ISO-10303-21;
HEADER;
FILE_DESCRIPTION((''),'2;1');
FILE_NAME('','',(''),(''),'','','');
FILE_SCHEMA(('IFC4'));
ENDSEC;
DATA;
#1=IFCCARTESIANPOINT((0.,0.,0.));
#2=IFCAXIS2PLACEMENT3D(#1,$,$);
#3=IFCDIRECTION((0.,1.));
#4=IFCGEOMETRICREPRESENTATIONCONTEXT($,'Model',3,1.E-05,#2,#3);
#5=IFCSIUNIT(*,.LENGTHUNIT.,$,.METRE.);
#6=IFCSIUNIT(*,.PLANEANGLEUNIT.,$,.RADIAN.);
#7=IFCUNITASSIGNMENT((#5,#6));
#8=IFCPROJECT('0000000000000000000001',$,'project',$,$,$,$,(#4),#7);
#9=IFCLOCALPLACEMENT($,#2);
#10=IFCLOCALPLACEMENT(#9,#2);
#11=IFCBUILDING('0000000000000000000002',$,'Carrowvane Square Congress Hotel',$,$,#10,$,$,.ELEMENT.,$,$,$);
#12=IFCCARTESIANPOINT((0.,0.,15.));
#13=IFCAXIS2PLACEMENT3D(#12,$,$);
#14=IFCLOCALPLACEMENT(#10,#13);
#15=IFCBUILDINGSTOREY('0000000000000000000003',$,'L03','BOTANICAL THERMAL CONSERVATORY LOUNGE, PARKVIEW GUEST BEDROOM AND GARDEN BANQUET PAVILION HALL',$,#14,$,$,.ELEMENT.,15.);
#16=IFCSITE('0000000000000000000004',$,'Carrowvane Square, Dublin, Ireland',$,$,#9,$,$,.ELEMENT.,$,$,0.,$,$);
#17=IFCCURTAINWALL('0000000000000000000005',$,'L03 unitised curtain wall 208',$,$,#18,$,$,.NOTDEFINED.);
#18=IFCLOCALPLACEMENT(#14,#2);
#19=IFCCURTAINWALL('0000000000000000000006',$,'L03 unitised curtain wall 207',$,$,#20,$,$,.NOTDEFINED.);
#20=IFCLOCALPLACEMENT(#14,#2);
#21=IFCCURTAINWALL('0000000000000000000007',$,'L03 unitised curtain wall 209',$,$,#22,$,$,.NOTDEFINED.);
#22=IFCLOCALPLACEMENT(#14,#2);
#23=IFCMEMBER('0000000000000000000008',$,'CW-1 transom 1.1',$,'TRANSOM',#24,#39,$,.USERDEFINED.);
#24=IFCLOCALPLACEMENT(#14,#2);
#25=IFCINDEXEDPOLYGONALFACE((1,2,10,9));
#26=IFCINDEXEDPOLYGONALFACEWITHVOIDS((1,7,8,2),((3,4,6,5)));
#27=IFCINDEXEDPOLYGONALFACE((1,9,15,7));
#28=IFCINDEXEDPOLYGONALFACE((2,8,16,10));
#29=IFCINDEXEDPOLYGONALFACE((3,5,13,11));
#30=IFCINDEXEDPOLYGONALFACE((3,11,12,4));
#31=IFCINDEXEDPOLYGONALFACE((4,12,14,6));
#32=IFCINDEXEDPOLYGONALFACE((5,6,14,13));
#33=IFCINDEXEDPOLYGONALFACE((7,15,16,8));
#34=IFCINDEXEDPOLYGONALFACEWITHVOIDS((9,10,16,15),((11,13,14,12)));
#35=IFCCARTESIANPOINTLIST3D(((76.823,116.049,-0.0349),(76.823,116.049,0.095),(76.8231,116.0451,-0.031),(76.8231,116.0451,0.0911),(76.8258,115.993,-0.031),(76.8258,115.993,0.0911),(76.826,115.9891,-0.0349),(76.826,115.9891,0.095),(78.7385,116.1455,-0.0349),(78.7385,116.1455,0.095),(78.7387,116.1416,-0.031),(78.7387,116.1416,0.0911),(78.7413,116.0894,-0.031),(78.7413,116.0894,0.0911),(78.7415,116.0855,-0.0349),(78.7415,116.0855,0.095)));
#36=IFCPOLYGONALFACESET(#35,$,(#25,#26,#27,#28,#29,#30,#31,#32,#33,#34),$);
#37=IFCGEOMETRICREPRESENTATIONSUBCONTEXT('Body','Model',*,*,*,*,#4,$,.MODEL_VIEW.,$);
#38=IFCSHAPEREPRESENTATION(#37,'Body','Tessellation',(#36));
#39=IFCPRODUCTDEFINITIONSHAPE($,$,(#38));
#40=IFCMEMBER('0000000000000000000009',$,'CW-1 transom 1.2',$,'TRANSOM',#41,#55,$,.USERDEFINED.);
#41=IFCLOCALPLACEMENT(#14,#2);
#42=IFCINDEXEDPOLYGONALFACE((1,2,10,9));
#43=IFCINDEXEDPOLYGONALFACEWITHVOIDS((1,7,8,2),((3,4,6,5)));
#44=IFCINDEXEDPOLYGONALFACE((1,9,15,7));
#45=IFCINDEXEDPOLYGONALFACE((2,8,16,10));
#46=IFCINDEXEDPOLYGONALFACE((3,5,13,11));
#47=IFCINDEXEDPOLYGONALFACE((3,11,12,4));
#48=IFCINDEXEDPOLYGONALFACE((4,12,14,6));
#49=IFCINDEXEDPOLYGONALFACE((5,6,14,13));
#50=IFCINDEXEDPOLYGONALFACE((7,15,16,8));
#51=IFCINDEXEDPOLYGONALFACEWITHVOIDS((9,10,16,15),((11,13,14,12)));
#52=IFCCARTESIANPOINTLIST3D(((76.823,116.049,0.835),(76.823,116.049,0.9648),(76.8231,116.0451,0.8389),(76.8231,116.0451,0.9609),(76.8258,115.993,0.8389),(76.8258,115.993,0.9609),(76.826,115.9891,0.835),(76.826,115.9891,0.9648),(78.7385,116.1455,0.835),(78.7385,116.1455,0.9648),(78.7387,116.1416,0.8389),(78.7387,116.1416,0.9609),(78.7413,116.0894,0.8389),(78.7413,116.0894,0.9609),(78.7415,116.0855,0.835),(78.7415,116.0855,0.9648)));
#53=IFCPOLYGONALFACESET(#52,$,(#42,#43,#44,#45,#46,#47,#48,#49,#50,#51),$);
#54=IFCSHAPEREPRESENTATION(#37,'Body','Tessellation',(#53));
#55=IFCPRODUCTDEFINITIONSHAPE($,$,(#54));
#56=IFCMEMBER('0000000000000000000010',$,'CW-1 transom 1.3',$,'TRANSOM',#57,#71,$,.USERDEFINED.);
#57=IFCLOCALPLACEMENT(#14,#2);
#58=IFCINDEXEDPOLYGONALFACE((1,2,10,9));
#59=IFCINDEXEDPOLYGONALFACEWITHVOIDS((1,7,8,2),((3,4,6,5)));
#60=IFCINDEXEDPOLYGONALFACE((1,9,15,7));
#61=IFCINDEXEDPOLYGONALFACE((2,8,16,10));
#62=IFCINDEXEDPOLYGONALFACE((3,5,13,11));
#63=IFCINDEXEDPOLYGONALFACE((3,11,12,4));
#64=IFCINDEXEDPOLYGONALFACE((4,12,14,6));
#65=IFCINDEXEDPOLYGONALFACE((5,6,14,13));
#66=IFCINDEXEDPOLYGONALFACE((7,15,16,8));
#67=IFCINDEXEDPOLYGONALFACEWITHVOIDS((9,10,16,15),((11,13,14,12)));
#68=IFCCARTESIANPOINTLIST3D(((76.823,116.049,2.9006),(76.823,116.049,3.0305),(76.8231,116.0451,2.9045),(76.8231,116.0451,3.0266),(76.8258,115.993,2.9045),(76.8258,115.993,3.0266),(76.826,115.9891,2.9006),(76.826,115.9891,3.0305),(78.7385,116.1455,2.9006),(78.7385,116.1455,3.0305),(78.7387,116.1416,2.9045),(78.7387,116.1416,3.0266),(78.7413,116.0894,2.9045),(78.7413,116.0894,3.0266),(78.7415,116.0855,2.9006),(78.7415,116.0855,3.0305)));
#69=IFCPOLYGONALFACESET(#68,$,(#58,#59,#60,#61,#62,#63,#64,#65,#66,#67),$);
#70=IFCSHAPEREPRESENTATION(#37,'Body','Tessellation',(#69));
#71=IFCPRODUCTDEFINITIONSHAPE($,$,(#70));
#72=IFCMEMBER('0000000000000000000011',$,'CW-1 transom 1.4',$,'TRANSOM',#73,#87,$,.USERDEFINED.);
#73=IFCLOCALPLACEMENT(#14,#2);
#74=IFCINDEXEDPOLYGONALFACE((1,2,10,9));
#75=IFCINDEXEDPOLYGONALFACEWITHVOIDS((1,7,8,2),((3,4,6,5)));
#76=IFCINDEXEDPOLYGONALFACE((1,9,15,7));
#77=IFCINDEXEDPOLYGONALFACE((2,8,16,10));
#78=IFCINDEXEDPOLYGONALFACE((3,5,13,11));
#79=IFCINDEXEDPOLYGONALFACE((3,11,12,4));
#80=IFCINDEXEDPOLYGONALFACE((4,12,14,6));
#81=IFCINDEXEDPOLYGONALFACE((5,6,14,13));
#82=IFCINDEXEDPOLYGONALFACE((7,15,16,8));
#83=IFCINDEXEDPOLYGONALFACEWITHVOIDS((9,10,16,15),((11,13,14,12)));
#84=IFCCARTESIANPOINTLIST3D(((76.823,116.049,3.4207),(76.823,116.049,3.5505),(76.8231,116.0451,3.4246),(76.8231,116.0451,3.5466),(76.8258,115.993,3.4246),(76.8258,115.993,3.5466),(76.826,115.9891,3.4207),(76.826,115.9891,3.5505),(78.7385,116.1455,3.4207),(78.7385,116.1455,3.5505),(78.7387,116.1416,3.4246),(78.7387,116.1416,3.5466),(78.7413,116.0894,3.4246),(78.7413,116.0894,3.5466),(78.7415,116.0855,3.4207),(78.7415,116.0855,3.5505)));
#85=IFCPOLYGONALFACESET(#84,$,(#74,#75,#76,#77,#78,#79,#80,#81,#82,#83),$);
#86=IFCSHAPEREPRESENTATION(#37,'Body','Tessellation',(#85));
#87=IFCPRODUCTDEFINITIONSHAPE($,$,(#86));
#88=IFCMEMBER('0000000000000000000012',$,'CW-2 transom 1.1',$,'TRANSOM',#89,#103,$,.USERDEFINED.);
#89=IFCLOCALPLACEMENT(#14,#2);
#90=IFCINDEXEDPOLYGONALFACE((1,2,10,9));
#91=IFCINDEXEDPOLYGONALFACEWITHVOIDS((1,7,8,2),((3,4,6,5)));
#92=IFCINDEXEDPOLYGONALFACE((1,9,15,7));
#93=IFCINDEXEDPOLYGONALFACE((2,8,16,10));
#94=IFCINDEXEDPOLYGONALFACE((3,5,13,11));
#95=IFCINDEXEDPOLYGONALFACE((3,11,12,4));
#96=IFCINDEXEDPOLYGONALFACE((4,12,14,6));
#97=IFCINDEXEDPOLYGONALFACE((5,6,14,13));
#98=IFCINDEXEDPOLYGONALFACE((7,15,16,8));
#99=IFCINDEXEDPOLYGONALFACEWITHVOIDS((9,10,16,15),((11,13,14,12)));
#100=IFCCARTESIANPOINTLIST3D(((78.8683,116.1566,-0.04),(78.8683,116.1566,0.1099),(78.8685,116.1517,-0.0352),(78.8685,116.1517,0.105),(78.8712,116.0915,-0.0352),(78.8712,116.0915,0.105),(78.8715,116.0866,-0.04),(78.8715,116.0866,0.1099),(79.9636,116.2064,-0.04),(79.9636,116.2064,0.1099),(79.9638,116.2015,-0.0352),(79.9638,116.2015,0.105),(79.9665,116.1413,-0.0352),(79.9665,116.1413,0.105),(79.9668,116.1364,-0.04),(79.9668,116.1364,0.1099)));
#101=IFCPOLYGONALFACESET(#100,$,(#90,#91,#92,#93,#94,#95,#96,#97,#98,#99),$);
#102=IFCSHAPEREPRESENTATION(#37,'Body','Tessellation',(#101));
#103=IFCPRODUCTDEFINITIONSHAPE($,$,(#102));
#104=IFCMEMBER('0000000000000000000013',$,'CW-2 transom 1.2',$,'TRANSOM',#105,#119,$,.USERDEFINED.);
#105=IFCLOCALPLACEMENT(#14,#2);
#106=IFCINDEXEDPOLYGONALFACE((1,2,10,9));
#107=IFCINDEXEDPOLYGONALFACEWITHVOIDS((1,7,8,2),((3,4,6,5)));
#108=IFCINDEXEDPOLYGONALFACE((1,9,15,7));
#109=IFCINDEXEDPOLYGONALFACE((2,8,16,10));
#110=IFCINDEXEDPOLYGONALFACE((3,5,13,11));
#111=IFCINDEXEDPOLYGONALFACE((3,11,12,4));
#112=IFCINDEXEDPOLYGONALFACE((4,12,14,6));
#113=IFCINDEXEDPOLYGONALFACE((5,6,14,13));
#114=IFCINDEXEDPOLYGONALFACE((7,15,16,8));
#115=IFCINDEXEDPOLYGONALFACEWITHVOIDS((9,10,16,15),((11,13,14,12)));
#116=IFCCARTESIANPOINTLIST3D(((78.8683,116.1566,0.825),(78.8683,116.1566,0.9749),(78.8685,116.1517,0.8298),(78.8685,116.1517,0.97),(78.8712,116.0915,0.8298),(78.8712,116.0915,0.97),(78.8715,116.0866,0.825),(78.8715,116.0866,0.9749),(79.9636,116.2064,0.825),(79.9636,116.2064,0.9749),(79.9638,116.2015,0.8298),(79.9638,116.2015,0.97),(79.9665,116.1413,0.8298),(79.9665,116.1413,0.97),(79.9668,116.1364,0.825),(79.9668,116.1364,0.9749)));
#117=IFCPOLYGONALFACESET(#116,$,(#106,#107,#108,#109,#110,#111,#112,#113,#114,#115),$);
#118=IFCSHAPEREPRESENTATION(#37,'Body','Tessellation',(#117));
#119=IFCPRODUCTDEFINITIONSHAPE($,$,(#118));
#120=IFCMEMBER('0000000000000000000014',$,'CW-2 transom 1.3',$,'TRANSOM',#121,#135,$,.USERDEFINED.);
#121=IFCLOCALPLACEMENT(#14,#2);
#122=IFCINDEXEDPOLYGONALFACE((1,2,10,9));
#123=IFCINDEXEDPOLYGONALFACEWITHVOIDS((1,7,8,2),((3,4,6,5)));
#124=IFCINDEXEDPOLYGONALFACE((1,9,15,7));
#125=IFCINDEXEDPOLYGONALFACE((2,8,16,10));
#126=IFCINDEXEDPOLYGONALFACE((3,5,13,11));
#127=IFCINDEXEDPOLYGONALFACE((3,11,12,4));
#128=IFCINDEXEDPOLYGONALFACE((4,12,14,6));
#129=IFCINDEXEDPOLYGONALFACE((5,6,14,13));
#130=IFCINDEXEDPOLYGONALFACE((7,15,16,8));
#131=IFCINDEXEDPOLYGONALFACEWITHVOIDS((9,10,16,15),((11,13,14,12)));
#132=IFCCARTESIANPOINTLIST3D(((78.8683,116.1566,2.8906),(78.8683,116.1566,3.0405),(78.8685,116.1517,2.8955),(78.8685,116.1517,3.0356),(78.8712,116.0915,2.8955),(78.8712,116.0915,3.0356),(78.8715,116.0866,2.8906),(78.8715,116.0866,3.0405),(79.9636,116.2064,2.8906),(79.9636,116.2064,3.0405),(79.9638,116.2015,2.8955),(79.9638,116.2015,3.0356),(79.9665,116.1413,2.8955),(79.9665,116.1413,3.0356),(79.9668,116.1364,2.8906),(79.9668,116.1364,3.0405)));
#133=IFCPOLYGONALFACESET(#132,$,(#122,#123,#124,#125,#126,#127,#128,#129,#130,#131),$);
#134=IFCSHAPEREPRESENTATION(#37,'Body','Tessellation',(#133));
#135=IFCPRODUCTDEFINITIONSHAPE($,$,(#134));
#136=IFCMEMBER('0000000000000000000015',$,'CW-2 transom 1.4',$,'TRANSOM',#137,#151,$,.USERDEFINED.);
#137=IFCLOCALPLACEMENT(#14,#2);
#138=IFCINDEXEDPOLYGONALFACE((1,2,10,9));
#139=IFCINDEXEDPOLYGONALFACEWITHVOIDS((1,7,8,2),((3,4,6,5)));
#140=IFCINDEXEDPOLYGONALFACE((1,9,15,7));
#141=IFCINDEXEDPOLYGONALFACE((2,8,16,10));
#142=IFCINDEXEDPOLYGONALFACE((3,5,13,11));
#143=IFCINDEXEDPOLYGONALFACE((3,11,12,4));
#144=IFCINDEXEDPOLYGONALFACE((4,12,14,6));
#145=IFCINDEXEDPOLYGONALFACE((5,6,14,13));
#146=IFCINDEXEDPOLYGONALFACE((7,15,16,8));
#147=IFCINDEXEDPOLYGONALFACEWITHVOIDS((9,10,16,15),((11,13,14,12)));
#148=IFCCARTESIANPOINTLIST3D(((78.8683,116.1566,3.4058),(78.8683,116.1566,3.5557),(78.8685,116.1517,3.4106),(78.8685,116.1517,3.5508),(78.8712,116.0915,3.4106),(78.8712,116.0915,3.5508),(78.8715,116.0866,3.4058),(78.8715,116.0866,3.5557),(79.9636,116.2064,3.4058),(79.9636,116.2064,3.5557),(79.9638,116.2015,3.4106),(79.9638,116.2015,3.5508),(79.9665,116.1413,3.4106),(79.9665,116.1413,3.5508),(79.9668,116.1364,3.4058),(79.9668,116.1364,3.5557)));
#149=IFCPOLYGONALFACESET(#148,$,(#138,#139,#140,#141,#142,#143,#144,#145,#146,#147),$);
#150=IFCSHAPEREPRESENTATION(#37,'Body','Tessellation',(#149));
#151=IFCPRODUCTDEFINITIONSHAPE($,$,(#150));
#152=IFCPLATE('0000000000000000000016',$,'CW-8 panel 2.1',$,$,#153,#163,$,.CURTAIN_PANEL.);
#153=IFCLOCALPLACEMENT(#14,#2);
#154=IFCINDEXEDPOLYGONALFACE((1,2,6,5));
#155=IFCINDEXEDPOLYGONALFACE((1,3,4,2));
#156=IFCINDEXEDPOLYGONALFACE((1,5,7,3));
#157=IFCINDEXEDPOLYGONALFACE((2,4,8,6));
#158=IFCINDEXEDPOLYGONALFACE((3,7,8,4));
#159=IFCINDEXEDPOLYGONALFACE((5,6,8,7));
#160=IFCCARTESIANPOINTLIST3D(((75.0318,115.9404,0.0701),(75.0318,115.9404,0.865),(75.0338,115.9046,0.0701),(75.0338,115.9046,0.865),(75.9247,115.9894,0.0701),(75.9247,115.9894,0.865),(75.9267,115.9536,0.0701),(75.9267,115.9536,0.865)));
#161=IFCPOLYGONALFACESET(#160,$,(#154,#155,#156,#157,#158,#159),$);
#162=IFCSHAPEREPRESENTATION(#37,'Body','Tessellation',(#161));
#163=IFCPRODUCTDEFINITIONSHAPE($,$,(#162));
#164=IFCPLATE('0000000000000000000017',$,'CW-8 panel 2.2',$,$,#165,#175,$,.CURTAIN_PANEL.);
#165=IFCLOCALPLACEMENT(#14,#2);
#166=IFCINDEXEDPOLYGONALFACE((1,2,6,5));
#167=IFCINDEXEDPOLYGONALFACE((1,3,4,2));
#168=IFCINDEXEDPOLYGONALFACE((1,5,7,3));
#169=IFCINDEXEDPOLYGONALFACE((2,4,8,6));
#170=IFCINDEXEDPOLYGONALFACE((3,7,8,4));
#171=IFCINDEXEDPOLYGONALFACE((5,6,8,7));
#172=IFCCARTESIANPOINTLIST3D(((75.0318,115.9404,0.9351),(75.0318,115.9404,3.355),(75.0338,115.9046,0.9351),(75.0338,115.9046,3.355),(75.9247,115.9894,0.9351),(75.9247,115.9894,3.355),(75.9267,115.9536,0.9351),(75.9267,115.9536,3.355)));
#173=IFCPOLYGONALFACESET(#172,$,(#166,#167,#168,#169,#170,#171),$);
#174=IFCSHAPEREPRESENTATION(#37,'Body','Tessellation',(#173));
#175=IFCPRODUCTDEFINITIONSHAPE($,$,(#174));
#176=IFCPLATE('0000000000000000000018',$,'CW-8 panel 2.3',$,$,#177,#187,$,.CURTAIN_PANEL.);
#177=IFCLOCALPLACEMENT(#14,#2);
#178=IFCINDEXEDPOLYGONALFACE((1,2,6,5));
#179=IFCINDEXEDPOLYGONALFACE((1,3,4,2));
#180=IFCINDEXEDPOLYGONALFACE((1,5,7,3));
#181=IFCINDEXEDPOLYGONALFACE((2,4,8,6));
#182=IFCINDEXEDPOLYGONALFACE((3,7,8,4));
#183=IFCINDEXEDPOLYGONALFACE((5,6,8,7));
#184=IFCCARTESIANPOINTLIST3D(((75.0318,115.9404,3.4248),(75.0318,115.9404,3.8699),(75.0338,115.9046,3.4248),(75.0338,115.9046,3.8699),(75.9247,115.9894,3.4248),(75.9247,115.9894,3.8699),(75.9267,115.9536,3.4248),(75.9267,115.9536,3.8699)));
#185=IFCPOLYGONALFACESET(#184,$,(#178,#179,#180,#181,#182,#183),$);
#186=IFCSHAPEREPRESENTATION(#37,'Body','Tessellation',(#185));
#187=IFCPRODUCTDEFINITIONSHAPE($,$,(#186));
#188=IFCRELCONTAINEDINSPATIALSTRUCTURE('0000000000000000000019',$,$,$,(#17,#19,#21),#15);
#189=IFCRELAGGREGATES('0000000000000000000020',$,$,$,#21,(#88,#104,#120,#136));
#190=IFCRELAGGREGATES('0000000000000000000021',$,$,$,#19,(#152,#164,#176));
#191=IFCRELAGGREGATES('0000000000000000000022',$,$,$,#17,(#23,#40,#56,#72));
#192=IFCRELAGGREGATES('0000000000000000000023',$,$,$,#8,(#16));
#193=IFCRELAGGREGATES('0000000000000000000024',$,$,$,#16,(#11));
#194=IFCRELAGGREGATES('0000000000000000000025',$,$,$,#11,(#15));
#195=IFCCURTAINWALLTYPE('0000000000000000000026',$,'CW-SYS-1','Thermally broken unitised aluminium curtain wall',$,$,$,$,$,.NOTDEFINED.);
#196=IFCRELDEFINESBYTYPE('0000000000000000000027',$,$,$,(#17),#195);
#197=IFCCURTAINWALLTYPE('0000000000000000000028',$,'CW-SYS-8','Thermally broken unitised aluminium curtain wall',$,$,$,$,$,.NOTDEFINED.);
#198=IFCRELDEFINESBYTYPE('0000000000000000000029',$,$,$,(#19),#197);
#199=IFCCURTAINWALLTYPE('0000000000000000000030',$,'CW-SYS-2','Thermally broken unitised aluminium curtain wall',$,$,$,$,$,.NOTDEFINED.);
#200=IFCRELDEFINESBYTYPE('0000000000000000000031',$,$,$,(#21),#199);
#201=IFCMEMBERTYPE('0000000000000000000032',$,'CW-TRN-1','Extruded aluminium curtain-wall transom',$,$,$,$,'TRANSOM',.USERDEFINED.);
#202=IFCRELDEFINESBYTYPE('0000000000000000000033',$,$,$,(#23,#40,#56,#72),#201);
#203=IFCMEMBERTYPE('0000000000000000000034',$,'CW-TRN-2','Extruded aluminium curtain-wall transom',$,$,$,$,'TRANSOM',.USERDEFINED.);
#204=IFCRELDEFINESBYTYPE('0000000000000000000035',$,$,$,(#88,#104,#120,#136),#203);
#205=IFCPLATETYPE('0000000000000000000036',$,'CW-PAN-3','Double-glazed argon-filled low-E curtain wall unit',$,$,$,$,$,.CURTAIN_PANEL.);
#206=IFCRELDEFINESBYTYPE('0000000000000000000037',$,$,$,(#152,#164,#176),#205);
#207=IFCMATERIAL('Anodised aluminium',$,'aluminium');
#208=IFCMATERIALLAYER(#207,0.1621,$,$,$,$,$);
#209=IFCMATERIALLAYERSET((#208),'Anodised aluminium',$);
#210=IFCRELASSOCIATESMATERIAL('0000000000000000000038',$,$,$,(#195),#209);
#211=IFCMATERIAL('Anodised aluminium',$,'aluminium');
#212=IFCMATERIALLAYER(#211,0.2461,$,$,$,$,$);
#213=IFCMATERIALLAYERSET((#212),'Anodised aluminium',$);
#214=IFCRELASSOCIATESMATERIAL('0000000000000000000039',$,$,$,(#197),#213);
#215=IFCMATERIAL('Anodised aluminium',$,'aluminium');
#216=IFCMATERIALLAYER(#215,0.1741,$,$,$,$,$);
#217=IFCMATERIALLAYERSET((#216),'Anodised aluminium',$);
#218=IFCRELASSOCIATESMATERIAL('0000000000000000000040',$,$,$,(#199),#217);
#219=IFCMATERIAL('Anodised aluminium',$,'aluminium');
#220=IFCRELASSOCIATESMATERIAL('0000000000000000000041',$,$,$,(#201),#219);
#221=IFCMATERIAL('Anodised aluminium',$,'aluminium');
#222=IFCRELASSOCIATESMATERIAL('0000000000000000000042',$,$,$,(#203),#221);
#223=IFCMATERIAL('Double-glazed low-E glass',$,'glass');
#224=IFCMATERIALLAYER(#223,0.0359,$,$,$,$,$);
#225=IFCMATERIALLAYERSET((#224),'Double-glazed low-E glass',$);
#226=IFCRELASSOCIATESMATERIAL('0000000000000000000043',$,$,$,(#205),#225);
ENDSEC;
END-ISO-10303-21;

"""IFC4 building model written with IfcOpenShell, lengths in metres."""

from ifc_helpers import new_model, si_unit, direction, frame, origin, origin_2d, place, context, subcontext, project, spatial, rectangle, hollow_rectangle, extrude, material, layer, layer_set, material_profile, profile_set, type_object, element, aggregate, save


model = new_model("IFC4")

# Units and contexts
model_context = context("Model", 3, precision=1e-05, world=origin(), true_north=direction((0.0, 1.0)))
body_context = subcontext(model_context, "Body", "Model", "MODEL_VIEW")
ifc_project = project(units=[si_unit("LENGTHUNIT", "METRE"), si_unit("PLANEANGLEUNIT", "RADIAN")], contexts=[model_context])

# Site, building, storey
site_placement = place(None, origin())
site = spatial("IfcSite", under=ifc_project, at=site_placement, Name="Carrowvane Square, Dublin, Ireland", CompositionType="ELEMENT", RefElevation=0.0)
building_placement = place(site_placement, origin())
building = spatial("IfcBuilding", under=site, at=building_placement, Name="Carrowvane Square Congress Hotel", CompositionType="ELEMENT")
storey_placement = place(building_placement, frame((0.0, 0.0, 15.0)))
storey = spatial("IfcBuildingStorey", under=building, at=storey_placement, Name="L03", Description="BOTANICAL THERMAL CONSERVATORY LOUNGE, PARKVIEW GUEST BEDROOM AND GARDEN BANQUET PAVILION HALL", CompositionType="ELEMENT", Elevation=15.0)

# Curtain wall
ifc_material_1 = material(Name="Anodised aluminium", Category="aluminium")
ifc_layer_1 = layer(ifc_material_1, 0.1621)
ifc_layer_set_1 = layer_set([ifc_layer_1], Name="Anodised aluminium")
curtain_wall_type_1 = type_object("IfcCurtainWallType", Name="CW-SYS-1", Description="Thermally broken unitised aluminium curtain wall", PredefinedType="NOTDEFINED", material=ifc_layer_set_1)
curtain_wall_1_placement = place(storey_placement, origin())
curtain_wall_1 = element("IfcCurtainWall", 1, at=curtain_wall_1_placement, inside=storey, type_object=curtain_wall_type_1, Name="L03 unitised curtain wall 208", PredefinedType="NOTDEFINED")

# Curtain walls
ifc_material_2 = material(Name="Anodised aluminium", Category="aluminium")
ifc_layer_2 = layer(ifc_material_2, 0.2461)
ifc_layer_set_2 = layer_set([ifc_layer_2], Name="Anodised aluminium")
curtain_wall_type_2 = type_object("IfcCurtainWallType", Name="CW-SYS-8", Description="Thermally broken unitised aluminium curtain wall", PredefinedType="NOTDEFINED", material=ifc_layer_set_2)
curtain_wall_2_placement = place(storey_placement, origin())
curtain_wall_2 = element("IfcCurtainWall", 2, at=curtain_wall_2_placement, inside=storey, type_object=curtain_wall_type_2, Name="L03 unitised curtain wall 207", PredefinedType="NOTDEFINED")
ifc_material_3 = material(Name="Anodised aluminium", Category="aluminium")
ifc_layer_3 = layer(ifc_material_3, 0.1741)
ifc_layer_set_3 = layer_set([ifc_layer_3], Name="Anodised aluminium")
curtain_wall_type_3 = type_object("IfcCurtainWallType", Name="CW-SYS-2", Description="Thermally broken unitised aluminium curtain wall", PredefinedType="NOTDEFINED", material=ifc_layer_set_3)
curtain_wall_3_placement = place(storey_placement, origin())
curtain_wall_3 = element("IfcCurtainWall", 3, at=curtain_wall_3_placement, inside=storey, type_object=curtain_wall_type_3, Name="L03 unitised curtain wall 209", PredefinedType="NOTDEFINED")

# Members
ifc_material_4 = material(Name="Anodised aluminium", Category="aluminium")
ifc_material_profile_1 = material_profile(ifc_material_4, hollow_rectangle(XDim=0.0601, YDim=0.1299, WallThickness=0.0039, at=origin_2d()), Name="CW-TR 60x130x4")
ifc_profile_set_1 = profile_set([ifc_material_profile_1], Name="Anodised aluminium")
member_type_1 = type_object("IfcMemberType", Name="CW-TRN-1", Description="Extruded aluminium curtain-wall transom", ElementType="TRANSOM", PredefinedType="USERDEFINED", material=ifc_profile_set_1)
member_1_placement = place(storey_placement, frame((76.8245, 116.019, 0.03), z_axis=(0.998735, 0.05028, 0.0), x_axis=(-0.05028, 0.998735, 0.0)))
member_1 = element("IfcMember", 4, at=member_1_placement, type_object=member_type_1, Name="CW-1 transom 1.1", ObjectType="TRANSOM", PredefinedType="USERDEFINED", context=body_context, shape_type="SweptSolid", body=[
    extrude(hollow_rectangle(XDim=0.0601, YDim=0.1299, WallThickness=0.0039, at=origin_2d()), origin(), (0.0, 0.0, 1.0), 1.918),
])
member_2_placement = place(storey_placement, frame((76.8245, 116.019, 0.8999), z_axis=(0.998735, 0.05028, 0.0), x_axis=(-0.05028, 0.998735, 0.0)))
member_2 = element("IfcMember", 5, at=member_2_placement, type_object=member_type_1, Name="CW-1 transom 1.2", ObjectType="TRANSOM", PredefinedType="USERDEFINED", context=body_context, shape_type="SweptSolid", body=[
    extrude(hollow_rectangle(XDim=0.0601, YDim=0.1299, WallThickness=0.0039, at=origin_2d()), origin(), (0.0, 0.0, 1.0), 1.918),
])
member_3_placement = place(storey_placement, frame((76.8245, 116.019, 2.9656), z_axis=(0.998735, 0.05028, 0.0), x_axis=(-0.05028, 0.998735, 0.0)))
member_3 = element("IfcMember", 6, at=member_3_placement, type_object=member_type_1, Name="CW-1 transom 1.3", ObjectType="TRANSOM", PredefinedType="USERDEFINED", context=body_context, shape_type="SweptSolid", body=[
    extrude(hollow_rectangle(XDim=0.0601, YDim=0.1299, WallThickness=0.0039, at=origin_2d()), origin(), (0.0, 0.0, 1.0), 1.918),
])
member_4_placement = place(storey_placement, frame((76.8245, 116.019, 3.4856), z_axis=(0.998735, 0.05028, 0.0), x_axis=(-0.05028, 0.998735, 0.0)))
member_4 = element("IfcMember", 7, at=member_4_placement, type_object=member_type_1, Name="CW-1 transom 1.4", ObjectType="TRANSOM", PredefinedType="USERDEFINED", context=body_context, shape_type="SweptSolid", body=[
    extrude(hollow_rectangle(XDim=0.0601, YDim=0.1299, WallThickness=0.0039, at=origin_2d()), origin(), (0.0, 0.0, 1.0), 1.918),
])
ifc_material_5 = material(Name="Anodised aluminium", Category="aluminium")
ifc_material_profile_2 = material_profile(ifc_material_5, hollow_rectangle(XDim=0.0701, YDim=0.1499, WallThickness=0.0049, at=origin_2d()), Name="CW-TR 70x150x5")
ifc_profile_set_2 = profile_set([ifc_material_profile_2], Name="Anodised aluminium")
member_type_2 = type_object("IfcMemberType", Name="CW-TRN-2", Description="Extruded aluminium curtain-wall transom", ElementType="TRANSOM", PredefinedType="USERDEFINED", material=ifc_profile_set_2)
member_5_placement = place(storey_placement, frame((78.8699, 116.1216, 0.0349), z_axis=(0.998968, 0.045428, 0.0), x_axis=(-0.045428, 0.998968, 0.0)))
member_5 = element("IfcMember", 8, at=member_5_placement, type_object=member_type_2, Name="CW-2 transom 1.1", ObjectType="TRANSOM", PredefinedType="USERDEFINED", context=body_context, shape_type="SweptSolid", body=[
    extrude(hollow_rectangle(XDim=0.0701, YDim=0.1499, WallThickness=0.0049, at=origin_2d()), origin(), (0.0, 0.0, 1.0), 1.0964),
])
member_6_placement = place(storey_placement, frame((78.8699, 116.1216, 0.8999), z_axis=(0.998968, 0.045428, 0.0), x_axis=(-0.045428, 0.998968, 0.0)))
member_6 = element("IfcMember", 9, at=member_6_placement, type_object=member_type_2, Name="CW-2 transom 1.2", ObjectType="TRANSOM", PredefinedType="USERDEFINED", context=body_context, shape_type="SweptSolid", body=[
    extrude(hollow_rectangle(XDim=0.0701, YDim=0.1499, WallThickness=0.0049, at=origin_2d()), origin(), (0.0, 0.0, 1.0), 1.0964),
])
member_7_placement = place(storey_placement, frame((78.8699, 116.1216, 2.9656), z_axis=(0.998968, 0.045428, 0.0), x_axis=(-0.045428, 0.998968, 0.0)))
member_7 = element("IfcMember", 10, at=member_7_placement, type_object=member_type_2, Name="CW-2 transom 1.3", ObjectType="TRANSOM", PredefinedType="USERDEFINED", context=body_context, shape_type="SweptSolid", body=[
    extrude(hollow_rectangle(XDim=0.0701, YDim=0.1499, WallThickness=0.0049, at=origin_2d()), origin(), (0.0, 0.0, 1.0), 1.0964),
])
member_8_placement = place(storey_placement, frame((78.8699, 116.1216, 3.4807), z_axis=(0.998968, 0.045428, 0.0), x_axis=(-0.045428, 0.998968, 0.0)))
member_8 = element("IfcMember", 11, at=member_8_placement, type_object=member_type_2, Name="CW-2 transom 1.4", ObjectType="TRANSOM", PredefinedType="USERDEFINED", context=body_context, shape_type="SweptSolid", body=[
    extrude(hollow_rectangle(XDim=0.0701, YDim=0.1499, WallThickness=0.0049, at=origin_2d()), origin(), (0.0, 0.0, 1.0), 1.0964),
])
aggregate(curtain_wall_3, [member_5, member_6, member_7, member_8])

# Plates
ifc_material_6 = material(Name="Double-glazed low-E glass", Category="glass")
ifc_layer_4 = layer(ifc_material_6, 0.0359)
ifc_layer_set_4 = layer_set([ifc_layer_4], Name="Double-glazed low-E glass")
plate_type_1 = type_object("IfcPlateType", Name="CW-PAN-3", Description="Double-glazed argon-filled low-E curtain wall unit", PredefinedType="CURTAIN_PANEL", material=ifc_layer_set_4)
plate_1_placement = place(storey_placement, frame((75.4792, 115.947, 0.0701), z_axis=(0.0, 0.0, 1.0), x_axis=(0.998496, 0.054816, 0.0)))
plate_1 = element("IfcPlate", 12, at=plate_1_placement, type_object=plate_type_1, Name="CW-8 panel 2.1", PredefinedType="CURTAIN_PANEL", context=body_context, shape_type="SweptSolid", body=[
    extrude(rectangle(XDim=0.8943, YDim=0.0359, at=origin_2d()), origin(), (0.0, 0.0, 1.0), 0.7949),
])
plate_2_placement = place(storey_placement, frame((75.4792, 115.947, 0.9351), z_axis=(0.0, 0.0, 1.0), x_axis=(0.998496, 0.054816, 0.0)))
plate_2 = element("IfcPlate", 13, at=plate_2_placement, type_object=plate_type_1, Name="CW-8 panel 2.2", PredefinedType="CURTAIN_PANEL", context=body_context, shape_type="SweptSolid", body=[
    extrude(rectangle(XDim=0.8943, YDim=0.0359, at=origin_2d()), origin(), (0.0, 0.0, 1.0), 2.4199),
])
plate_3_placement = place(storey_placement, frame((75.4792, 115.947, 3.4248), z_axis=(0.0, 0.0, 1.0), x_axis=(0.998496, 0.054816, 0.0)))
plate_3 = element("IfcPlate", 14, at=plate_3_placement, type_object=plate_type_1, Name="CW-8 panel 2.3", PredefinedType="CURTAIN_PANEL", context=body_context, shape_type="SweptSolid", body=[
    extrude(rectangle(XDim=0.8943, YDim=0.0359, at=origin_2d()), origin(), (0.0, 0.0, 1.0), 0.4451),
])
aggregate(curtain_wall_2, [plate_1, plate_2, plate_3])
aggregate(curtain_wall_1, [member_1, member_2, member_3, member_4])

save(model, "model.ifc")
